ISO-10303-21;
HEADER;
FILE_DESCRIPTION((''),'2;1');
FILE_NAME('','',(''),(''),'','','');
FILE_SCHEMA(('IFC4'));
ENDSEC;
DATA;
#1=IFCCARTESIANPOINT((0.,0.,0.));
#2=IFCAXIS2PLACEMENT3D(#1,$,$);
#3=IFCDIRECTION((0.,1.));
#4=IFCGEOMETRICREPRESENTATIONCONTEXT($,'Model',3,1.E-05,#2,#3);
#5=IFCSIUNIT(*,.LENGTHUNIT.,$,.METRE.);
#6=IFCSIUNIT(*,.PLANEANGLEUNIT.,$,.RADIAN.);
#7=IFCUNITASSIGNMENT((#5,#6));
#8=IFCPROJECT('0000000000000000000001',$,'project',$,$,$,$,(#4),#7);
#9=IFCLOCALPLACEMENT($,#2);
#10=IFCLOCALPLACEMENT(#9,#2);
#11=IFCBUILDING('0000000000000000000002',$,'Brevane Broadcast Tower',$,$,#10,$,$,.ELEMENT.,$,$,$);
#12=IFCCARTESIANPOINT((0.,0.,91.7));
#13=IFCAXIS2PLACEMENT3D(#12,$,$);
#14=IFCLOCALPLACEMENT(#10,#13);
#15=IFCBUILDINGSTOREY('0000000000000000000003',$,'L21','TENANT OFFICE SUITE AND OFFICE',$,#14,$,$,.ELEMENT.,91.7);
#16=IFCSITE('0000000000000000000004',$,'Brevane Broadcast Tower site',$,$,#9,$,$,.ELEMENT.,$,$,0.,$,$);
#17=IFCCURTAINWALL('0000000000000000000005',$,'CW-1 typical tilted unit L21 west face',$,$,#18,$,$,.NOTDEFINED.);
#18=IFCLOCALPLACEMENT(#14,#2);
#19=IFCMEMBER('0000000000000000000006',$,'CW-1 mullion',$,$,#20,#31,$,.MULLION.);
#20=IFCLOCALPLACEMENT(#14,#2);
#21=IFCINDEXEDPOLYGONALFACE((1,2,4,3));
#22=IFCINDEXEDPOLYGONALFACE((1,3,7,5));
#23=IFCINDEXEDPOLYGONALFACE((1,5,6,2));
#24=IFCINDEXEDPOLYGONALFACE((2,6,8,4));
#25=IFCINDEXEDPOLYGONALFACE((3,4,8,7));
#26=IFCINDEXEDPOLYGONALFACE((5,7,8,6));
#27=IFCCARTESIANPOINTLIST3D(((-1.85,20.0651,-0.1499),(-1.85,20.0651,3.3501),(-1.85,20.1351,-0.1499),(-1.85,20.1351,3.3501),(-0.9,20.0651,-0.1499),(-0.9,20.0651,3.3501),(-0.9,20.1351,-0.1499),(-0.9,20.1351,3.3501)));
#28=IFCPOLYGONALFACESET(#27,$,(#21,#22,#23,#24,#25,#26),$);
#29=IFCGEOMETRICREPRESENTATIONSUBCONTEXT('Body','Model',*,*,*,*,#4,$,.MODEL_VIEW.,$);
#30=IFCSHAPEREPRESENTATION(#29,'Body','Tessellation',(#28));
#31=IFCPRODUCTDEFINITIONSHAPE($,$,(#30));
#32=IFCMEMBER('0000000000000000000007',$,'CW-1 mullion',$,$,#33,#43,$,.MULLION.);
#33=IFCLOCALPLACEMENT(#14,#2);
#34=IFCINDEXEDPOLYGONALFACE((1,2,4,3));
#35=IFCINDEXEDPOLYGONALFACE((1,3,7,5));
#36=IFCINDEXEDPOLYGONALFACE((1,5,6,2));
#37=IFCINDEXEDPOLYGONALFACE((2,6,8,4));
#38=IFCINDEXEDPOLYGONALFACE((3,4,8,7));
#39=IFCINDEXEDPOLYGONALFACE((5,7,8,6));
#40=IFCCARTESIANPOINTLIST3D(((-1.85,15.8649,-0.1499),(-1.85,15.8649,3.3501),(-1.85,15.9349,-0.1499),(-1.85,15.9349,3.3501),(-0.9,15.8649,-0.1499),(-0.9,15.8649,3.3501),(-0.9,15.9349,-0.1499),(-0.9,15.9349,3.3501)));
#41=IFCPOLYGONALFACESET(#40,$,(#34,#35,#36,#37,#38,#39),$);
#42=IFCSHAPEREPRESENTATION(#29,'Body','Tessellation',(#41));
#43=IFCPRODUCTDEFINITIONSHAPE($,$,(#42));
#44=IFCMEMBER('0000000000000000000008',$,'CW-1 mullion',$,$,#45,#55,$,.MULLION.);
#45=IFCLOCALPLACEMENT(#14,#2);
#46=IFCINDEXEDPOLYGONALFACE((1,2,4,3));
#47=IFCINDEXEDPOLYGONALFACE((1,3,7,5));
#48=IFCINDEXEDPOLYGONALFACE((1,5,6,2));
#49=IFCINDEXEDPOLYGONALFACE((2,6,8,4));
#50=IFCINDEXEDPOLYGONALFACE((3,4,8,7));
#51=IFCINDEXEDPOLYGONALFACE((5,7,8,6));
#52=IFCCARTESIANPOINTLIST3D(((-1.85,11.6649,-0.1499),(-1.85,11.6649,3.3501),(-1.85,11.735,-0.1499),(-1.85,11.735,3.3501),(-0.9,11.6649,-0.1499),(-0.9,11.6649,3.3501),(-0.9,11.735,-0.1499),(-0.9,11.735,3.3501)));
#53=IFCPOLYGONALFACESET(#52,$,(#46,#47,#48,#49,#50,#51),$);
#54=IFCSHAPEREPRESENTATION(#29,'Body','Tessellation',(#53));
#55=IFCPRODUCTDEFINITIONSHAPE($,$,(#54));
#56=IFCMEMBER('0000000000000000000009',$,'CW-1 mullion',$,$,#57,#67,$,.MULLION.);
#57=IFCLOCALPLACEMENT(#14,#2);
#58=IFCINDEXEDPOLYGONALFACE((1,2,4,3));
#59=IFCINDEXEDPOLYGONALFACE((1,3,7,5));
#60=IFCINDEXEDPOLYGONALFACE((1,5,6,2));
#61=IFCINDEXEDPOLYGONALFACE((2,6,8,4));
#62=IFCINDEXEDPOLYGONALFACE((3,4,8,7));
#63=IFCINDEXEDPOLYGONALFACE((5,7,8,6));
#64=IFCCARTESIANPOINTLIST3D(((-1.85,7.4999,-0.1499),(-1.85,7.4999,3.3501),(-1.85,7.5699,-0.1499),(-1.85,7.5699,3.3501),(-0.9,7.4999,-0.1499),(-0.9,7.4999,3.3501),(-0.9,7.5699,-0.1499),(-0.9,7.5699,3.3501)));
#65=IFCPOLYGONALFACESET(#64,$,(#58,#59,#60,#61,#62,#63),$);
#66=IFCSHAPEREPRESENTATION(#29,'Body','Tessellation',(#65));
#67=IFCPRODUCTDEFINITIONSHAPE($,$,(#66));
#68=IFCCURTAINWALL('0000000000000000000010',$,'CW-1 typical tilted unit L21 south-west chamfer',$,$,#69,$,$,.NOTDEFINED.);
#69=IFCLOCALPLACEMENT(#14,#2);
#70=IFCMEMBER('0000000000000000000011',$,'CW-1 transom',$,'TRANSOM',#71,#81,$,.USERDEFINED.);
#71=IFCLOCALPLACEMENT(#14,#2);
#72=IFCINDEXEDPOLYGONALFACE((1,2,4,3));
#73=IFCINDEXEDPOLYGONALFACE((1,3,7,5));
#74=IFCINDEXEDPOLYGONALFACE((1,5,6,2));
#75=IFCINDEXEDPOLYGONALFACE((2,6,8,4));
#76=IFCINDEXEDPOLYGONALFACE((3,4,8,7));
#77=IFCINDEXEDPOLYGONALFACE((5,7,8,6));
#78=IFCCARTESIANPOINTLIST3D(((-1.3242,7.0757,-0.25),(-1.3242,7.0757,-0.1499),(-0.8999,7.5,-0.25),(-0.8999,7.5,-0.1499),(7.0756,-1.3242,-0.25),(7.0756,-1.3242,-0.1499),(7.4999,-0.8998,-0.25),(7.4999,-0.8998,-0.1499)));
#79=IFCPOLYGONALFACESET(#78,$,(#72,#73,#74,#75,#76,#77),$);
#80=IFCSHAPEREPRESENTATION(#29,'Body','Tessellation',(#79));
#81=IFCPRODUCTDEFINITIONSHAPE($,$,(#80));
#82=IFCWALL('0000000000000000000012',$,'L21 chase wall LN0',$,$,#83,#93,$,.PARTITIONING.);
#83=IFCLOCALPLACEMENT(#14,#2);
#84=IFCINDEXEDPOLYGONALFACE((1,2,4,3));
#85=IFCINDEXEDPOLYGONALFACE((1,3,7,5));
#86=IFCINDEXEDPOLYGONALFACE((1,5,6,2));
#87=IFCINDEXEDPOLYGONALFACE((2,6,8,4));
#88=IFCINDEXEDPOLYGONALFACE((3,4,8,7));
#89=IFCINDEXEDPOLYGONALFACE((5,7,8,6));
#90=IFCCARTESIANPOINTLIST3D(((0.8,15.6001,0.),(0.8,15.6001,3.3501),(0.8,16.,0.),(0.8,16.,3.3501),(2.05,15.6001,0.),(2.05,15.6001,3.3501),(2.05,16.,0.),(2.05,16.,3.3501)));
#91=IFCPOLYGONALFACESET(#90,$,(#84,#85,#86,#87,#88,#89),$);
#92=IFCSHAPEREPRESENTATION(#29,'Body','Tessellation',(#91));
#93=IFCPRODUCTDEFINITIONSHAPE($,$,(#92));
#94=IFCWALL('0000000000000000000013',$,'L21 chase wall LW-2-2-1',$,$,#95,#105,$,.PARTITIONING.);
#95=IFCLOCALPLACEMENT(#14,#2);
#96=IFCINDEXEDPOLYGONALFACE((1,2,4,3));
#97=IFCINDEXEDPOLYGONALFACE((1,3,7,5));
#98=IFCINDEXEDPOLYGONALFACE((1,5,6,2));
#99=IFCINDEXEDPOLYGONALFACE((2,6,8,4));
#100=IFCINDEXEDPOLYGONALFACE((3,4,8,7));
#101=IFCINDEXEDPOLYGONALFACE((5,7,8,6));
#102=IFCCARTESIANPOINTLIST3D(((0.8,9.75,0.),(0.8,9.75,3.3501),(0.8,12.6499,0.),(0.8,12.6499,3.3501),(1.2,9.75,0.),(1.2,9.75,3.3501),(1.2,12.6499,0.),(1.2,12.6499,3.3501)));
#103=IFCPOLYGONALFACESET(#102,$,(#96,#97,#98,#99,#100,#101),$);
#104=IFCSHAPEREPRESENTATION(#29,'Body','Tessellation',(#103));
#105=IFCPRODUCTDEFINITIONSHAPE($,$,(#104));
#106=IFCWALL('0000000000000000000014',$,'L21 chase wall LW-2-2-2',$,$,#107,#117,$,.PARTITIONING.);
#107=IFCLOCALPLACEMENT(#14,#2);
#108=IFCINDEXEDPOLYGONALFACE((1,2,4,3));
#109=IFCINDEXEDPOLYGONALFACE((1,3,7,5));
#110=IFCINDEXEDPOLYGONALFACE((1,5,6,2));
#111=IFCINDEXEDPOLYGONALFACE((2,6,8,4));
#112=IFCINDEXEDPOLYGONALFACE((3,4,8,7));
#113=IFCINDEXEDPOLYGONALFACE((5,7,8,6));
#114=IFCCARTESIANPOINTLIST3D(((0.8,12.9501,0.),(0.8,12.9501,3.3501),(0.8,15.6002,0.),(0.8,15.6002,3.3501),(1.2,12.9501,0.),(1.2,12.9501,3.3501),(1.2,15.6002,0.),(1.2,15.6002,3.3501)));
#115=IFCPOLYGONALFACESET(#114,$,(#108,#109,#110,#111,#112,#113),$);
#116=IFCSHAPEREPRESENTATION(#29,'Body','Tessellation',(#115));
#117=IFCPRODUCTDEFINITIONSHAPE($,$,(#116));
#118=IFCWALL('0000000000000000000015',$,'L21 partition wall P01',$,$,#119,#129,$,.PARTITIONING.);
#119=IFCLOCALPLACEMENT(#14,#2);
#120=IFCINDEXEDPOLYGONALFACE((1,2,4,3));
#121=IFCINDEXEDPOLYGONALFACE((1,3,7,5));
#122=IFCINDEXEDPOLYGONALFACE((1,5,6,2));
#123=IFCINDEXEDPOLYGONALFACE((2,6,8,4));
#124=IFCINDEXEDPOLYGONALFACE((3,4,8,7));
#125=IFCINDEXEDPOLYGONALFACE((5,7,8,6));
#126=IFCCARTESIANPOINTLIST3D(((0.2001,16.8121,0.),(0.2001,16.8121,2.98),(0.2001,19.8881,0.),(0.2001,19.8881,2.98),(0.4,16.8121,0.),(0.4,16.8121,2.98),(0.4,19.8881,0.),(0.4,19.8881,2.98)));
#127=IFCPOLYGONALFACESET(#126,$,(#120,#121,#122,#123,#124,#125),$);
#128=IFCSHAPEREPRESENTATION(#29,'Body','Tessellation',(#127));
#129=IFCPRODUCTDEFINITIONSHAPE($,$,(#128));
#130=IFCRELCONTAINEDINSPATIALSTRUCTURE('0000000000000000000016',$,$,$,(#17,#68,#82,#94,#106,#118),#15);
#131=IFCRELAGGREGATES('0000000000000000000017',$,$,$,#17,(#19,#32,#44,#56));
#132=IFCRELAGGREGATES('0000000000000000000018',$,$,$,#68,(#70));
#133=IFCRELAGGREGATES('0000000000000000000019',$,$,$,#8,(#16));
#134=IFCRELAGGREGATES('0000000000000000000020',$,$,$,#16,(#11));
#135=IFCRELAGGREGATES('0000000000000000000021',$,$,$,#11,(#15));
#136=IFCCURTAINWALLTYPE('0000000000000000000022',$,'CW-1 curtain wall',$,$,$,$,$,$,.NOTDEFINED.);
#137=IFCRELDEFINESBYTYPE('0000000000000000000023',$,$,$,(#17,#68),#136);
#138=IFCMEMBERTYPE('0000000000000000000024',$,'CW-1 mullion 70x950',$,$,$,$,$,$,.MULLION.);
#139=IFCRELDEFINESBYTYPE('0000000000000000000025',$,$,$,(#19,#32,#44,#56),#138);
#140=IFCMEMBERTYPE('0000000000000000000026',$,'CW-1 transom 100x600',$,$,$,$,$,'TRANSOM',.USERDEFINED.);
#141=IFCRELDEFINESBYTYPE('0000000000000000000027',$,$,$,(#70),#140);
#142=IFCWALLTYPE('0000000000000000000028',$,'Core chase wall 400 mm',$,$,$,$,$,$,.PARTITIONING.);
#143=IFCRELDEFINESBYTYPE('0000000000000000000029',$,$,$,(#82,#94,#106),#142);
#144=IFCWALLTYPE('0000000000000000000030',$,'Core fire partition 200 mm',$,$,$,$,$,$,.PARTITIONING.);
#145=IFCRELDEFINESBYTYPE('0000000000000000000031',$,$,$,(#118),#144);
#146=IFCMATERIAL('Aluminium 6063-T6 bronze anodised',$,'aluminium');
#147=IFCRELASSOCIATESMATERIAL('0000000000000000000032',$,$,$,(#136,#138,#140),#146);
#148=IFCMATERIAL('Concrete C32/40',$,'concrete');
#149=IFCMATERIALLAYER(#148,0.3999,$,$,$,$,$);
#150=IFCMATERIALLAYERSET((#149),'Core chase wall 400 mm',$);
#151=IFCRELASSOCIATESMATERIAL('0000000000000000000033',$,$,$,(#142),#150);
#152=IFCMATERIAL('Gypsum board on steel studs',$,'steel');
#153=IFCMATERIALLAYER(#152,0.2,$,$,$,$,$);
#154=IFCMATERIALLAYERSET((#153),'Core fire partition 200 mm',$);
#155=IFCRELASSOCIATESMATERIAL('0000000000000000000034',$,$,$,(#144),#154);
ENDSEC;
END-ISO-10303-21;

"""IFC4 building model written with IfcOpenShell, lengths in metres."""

from ifc_helpers import new_model, si_unit, direction, frame, frame_2d, origin, origin_2d, place, context, subcontext, project, spatial, rectangle, extrude, material, layer, layer_set, material_profile, profile_set, type_object, element, aggregate, save


model = new_model("IFC4")

# Units and contexts
model_context = context("Model", 3, precision=1e-05, world=origin(), true_north=direction((0.0, 1.0)))
body_context = subcontext(model_context, "Body", "Model", "MODEL_VIEW")
ifc_project = project(units=[si_unit("LENGTHUNIT", "METRE"), si_unit("PLANEANGLEUNIT", "RADIAN")], contexts=[model_context])

# Site, building, storey
site_placement = place(None, origin())
site = spatial("IfcSite", under=ifc_project, at=site_placement, Name="Brevane Broadcast Tower site", CompositionType="ELEMENT", RefElevation=0.0)
building_placement = place(site_placement, origin())
building = spatial("IfcBuilding", under=site, at=building_placement, Name="Brevane Broadcast Tower", CompositionType="ELEMENT")
storey_placement = place(building_placement, frame((0.0, 0.0, 91.7)))
storey = spatial("IfcBuildingStorey", under=building, at=storey_placement, Name="L21", Description="TENANT OFFICE SUITE AND OFFICE", CompositionType="ELEMENT", Elevation=91.7)

# Curtain wall, members
ifc_material_1 = material(Name="Aluminium 6063-T6 bronze anodised", Category="aluminium")
curtain_wall_type = type_object("IfcCurtainWallType", Name="CW-1 curtain wall", PredefinedType="NOTDEFINED", material=ifc_material_1)
curtain_wall_1_placement = place(storey_placement, origin())
curtain_wall_1 = element("IfcCurtainWall", 1, at=curtain_wall_1_placement, inside=storey, type_object=curtain_wall_type, Name="CW-1 typical tilted unit L21 west face", PredefinedType="NOTDEFINED")
ifc_material_profile_1 = material_profile(ifc_material_1, rectangle(XDim=0.95, YDim=0.0701, at=origin_2d()), Name="RECT 70x950")
ifc_profile_set_1 = profile_set([ifc_material_profile_1], Name="Aluminium 6063-T6 bronze anodised")
member_type_1 = type_object("IfcMemberType", Name="CW-1 mullion 70x950", PredefinedType="MULLION", material=ifc_profile_set_1)
member_1_placement = place(storey_placement, frame((-1.375, 20.1001, -0.1499), z_axis=(0.0, 0.0, 1.0), x_axis=(1.0, 0.0, 0.0)))
member_1 = element("IfcMember", 2, at=member_1_placement, type_object=member_type_1, Name="CW-1 mullion", PredefinedType="MULLION", context=body_context, shape_type="SweptSolid", body=[
    extrude(rectangle(XDim=0.95, YDim=0.0701, at=origin_2d()), origin(), (0.0, 0.0, 1.0), 3.5),
])
member_2_placement = place(storey_placement, frame((-1.375, 15.8999, -0.1499), z_axis=(0.0, 0.0, 1.0), x_axis=(1.0, 0.0, 0.0)))
member_2 = element("IfcMember", 3, at=member_2_placement, type_object=member_type_1, Name="CW-1 mullion", PredefinedType="MULLION", context=body_context, shape_type="SweptSolid", body=[
    extrude(rectangle(XDim=0.95, YDim=0.0701, at=origin_2d()), origin(), (0.0, 0.0, 1.0), 3.5),
])
member_3_placement = place(storey_placement, frame((-1.375, 11.7, -0.1499), z_axis=(0.0, 0.0, 1.0), x_axis=(1.0, 0.0, 0.0)))
member_3 = element("IfcMember", 4, at=member_3_placement, type_object=member_type_1, Name="CW-1 mullion", PredefinedType="MULLION", context=body_context, shape_type="SweptSolid", body=[
    extrude(rectangle(XDim=0.95, YDim=0.0701, at=origin_2d()), origin(), (0.0, 0.0, 1.0), 3.5),
])
member_4_placement = place(storey_placement, frame((-1.375, 7.5349, -0.1499), z_axis=(0.0, 0.0, 1.0), x_axis=(1.0, 0.0, 0.0)))
member_4 = element("IfcMember", 5, at=member_4_placement, type_object=member_type_1, Name="CW-1 mullion", PredefinedType="MULLION", context=body_context, shape_type="SweptSolid", body=[
    extrude(rectangle(XDim=0.95, YDim=0.0701, at=origin_2d()), origin(), (0.0, 0.0, 1.0), 3.5),
])
aggregate(curtain_wall_1, [member_1, member_2, member_3, member_4])

# Curtain wall, member
curtain_wall_2_placement = place(storey_placement, origin())
curtain_wall_2 = element("IfcCurtainWall", 6, at=curtain_wall_2_placement, inside=storey, type_object=curtain_wall_type, Name="CW-1 typical tilted unit L21 south-west chamfer", PredefinedType="NOTDEFINED")
ifc_material_profile_2 = material_profile(ifc_material_1, rectangle(XDim=0.6001, YDim=0.1001, at=origin_2d()), Name="RECT 100x600")
ifc_profile_set_2 = profile_set([ifc_material_profile_2], Name="Aluminium 6063-T6 bronze anodised")
member_type_2 = type_object("IfcMemberType", Name="CW-1 transom 100x600", ElementType="TRANSOM", PredefinedType="USERDEFINED", material=ifc_profile_set_2)
member_5_placement = place(storey_placement, frame((-1.1121, 7.2878, -0.2), z_axis=(0.707107, -0.707107, 0.0), x_axis=(0.707107, 0.707107, 0.0)))
member_5 = element("IfcMember", 7, at=member_5_placement, type_object=member_type_2, Name="CW-1 transom", ObjectType="TRANSOM", PredefinedType="USERDEFINED", context=body_context, shape_type="SweptSolid", body=[
    extrude(rectangle(XDim=0.6001, YDim=0.1001, at=origin_2d()), origin(), (0.0, 0.0, 1.0), 11.8792),
])
aggregate(curtain_wall_2, [member_5])

# Walls
ifc_material_2 = material(Name="Concrete C32/40", Category="concrete")
ifc_layer_1 = layer(ifc_material_2, 0.3999)
ifc_layer_set_1 = layer_set([ifc_layer_1], Name="Core chase wall 400 mm")
wall_type_1 = type_object("IfcWallType", Name="Core chase wall 400 mm", PredefinedType="PARTITIONING", material=ifc_layer_set_1)
wall_1_placement = place(storey_placement, frame((0.8, 15.8, 0.0), z_axis=(0.0, 0.0, 1.0), x_axis=(1.0, 0.0, 0.0)))
element("IfcWall", 8, at=wall_1_placement, inside=storey, type_object=wall_type_1, Name="L21 chase wall LN0", PredefinedType="PARTITIONING", context=body_context, shape_type="SweptSolid", body=[
    extrude(rectangle(XDim=1.25, YDim=0.3999, at=frame_2d((0.625, 0.0))), origin(), (0.0, 0.0, 1.0), 3.3501),
])
wall_2_placement = place(storey_placement, frame((1.0, 9.75, 0.0), z_axis=(0.0, 0.0, 1.0), x_axis=(0.0, 1.0, 0.0)))
element("IfcWall", 9, at=wall_2_placement, inside=storey, type_object=wall_type_1, Name="L21 chase wall LW-2-2-1", PredefinedType="PARTITIONING", context=body_context, shape_type="SweptSolid", body=[
    extrude(rectangle(XDim=2.8999, YDim=0.3999, at=frame_2d((1.45, 0.0))), origin(), (0.0, 0.0, 1.0), 3.3501),
])
wall_3_placement = place(storey_placement, frame((1.0, 12.95, 0.0), z_axis=(0.0, 0.0, 1.0), x_axis=(0.0, 1.0, 0.0)))
element("IfcWall", 10, at=wall_3_placement, inside=storey, type_object=wall_type_1, Name="L21 chase wall LW-2-2-2", PredefinedType="PARTITIONING", context=body_context, shape_type="SweptSolid", body=[
    extrude(rectangle(XDim=2.6501, YDim=0.3999, at=frame_2d((1.3252, 0.0))), origin(), (0.0, 0.0, 1.0), 3.3501),
])
ifc_material_3 = material(Name="Gypsum board on steel studs", Category="steel")
ifc_layer_2 = layer(ifc_material_3, 0.2)
ifc_layer_set_2 = layer_set([ifc_layer_2], Name="Core fire partition 200 mm")
wall_type_2 = type_object("IfcWallType", Name="Core fire partition 200 mm", PredefinedType="PARTITIONING", material=ifc_layer_set_2)
wall_4_placement = place(storey_placement, frame((0.3, 16.812, 0.0), z_axis=(0.0, 0.0, 1.0), x_axis=(0.0, 1.0, 0.0)))
element("IfcWall", 11, at=wall_4_placement, inside=storey, type_object=wall_type_2, Name="L21 partition wall P01", PredefinedType="PARTITIONING", context=body_context, shape_type="SweptSolid", body=[
    extrude(rectangle(XDim=3.0759, YDim=0.2, at=frame_2d((1.5381, 0.0))), origin(), (0.0, 0.0, 1.0), 2.98),
])

save(model, "model.ifc")
